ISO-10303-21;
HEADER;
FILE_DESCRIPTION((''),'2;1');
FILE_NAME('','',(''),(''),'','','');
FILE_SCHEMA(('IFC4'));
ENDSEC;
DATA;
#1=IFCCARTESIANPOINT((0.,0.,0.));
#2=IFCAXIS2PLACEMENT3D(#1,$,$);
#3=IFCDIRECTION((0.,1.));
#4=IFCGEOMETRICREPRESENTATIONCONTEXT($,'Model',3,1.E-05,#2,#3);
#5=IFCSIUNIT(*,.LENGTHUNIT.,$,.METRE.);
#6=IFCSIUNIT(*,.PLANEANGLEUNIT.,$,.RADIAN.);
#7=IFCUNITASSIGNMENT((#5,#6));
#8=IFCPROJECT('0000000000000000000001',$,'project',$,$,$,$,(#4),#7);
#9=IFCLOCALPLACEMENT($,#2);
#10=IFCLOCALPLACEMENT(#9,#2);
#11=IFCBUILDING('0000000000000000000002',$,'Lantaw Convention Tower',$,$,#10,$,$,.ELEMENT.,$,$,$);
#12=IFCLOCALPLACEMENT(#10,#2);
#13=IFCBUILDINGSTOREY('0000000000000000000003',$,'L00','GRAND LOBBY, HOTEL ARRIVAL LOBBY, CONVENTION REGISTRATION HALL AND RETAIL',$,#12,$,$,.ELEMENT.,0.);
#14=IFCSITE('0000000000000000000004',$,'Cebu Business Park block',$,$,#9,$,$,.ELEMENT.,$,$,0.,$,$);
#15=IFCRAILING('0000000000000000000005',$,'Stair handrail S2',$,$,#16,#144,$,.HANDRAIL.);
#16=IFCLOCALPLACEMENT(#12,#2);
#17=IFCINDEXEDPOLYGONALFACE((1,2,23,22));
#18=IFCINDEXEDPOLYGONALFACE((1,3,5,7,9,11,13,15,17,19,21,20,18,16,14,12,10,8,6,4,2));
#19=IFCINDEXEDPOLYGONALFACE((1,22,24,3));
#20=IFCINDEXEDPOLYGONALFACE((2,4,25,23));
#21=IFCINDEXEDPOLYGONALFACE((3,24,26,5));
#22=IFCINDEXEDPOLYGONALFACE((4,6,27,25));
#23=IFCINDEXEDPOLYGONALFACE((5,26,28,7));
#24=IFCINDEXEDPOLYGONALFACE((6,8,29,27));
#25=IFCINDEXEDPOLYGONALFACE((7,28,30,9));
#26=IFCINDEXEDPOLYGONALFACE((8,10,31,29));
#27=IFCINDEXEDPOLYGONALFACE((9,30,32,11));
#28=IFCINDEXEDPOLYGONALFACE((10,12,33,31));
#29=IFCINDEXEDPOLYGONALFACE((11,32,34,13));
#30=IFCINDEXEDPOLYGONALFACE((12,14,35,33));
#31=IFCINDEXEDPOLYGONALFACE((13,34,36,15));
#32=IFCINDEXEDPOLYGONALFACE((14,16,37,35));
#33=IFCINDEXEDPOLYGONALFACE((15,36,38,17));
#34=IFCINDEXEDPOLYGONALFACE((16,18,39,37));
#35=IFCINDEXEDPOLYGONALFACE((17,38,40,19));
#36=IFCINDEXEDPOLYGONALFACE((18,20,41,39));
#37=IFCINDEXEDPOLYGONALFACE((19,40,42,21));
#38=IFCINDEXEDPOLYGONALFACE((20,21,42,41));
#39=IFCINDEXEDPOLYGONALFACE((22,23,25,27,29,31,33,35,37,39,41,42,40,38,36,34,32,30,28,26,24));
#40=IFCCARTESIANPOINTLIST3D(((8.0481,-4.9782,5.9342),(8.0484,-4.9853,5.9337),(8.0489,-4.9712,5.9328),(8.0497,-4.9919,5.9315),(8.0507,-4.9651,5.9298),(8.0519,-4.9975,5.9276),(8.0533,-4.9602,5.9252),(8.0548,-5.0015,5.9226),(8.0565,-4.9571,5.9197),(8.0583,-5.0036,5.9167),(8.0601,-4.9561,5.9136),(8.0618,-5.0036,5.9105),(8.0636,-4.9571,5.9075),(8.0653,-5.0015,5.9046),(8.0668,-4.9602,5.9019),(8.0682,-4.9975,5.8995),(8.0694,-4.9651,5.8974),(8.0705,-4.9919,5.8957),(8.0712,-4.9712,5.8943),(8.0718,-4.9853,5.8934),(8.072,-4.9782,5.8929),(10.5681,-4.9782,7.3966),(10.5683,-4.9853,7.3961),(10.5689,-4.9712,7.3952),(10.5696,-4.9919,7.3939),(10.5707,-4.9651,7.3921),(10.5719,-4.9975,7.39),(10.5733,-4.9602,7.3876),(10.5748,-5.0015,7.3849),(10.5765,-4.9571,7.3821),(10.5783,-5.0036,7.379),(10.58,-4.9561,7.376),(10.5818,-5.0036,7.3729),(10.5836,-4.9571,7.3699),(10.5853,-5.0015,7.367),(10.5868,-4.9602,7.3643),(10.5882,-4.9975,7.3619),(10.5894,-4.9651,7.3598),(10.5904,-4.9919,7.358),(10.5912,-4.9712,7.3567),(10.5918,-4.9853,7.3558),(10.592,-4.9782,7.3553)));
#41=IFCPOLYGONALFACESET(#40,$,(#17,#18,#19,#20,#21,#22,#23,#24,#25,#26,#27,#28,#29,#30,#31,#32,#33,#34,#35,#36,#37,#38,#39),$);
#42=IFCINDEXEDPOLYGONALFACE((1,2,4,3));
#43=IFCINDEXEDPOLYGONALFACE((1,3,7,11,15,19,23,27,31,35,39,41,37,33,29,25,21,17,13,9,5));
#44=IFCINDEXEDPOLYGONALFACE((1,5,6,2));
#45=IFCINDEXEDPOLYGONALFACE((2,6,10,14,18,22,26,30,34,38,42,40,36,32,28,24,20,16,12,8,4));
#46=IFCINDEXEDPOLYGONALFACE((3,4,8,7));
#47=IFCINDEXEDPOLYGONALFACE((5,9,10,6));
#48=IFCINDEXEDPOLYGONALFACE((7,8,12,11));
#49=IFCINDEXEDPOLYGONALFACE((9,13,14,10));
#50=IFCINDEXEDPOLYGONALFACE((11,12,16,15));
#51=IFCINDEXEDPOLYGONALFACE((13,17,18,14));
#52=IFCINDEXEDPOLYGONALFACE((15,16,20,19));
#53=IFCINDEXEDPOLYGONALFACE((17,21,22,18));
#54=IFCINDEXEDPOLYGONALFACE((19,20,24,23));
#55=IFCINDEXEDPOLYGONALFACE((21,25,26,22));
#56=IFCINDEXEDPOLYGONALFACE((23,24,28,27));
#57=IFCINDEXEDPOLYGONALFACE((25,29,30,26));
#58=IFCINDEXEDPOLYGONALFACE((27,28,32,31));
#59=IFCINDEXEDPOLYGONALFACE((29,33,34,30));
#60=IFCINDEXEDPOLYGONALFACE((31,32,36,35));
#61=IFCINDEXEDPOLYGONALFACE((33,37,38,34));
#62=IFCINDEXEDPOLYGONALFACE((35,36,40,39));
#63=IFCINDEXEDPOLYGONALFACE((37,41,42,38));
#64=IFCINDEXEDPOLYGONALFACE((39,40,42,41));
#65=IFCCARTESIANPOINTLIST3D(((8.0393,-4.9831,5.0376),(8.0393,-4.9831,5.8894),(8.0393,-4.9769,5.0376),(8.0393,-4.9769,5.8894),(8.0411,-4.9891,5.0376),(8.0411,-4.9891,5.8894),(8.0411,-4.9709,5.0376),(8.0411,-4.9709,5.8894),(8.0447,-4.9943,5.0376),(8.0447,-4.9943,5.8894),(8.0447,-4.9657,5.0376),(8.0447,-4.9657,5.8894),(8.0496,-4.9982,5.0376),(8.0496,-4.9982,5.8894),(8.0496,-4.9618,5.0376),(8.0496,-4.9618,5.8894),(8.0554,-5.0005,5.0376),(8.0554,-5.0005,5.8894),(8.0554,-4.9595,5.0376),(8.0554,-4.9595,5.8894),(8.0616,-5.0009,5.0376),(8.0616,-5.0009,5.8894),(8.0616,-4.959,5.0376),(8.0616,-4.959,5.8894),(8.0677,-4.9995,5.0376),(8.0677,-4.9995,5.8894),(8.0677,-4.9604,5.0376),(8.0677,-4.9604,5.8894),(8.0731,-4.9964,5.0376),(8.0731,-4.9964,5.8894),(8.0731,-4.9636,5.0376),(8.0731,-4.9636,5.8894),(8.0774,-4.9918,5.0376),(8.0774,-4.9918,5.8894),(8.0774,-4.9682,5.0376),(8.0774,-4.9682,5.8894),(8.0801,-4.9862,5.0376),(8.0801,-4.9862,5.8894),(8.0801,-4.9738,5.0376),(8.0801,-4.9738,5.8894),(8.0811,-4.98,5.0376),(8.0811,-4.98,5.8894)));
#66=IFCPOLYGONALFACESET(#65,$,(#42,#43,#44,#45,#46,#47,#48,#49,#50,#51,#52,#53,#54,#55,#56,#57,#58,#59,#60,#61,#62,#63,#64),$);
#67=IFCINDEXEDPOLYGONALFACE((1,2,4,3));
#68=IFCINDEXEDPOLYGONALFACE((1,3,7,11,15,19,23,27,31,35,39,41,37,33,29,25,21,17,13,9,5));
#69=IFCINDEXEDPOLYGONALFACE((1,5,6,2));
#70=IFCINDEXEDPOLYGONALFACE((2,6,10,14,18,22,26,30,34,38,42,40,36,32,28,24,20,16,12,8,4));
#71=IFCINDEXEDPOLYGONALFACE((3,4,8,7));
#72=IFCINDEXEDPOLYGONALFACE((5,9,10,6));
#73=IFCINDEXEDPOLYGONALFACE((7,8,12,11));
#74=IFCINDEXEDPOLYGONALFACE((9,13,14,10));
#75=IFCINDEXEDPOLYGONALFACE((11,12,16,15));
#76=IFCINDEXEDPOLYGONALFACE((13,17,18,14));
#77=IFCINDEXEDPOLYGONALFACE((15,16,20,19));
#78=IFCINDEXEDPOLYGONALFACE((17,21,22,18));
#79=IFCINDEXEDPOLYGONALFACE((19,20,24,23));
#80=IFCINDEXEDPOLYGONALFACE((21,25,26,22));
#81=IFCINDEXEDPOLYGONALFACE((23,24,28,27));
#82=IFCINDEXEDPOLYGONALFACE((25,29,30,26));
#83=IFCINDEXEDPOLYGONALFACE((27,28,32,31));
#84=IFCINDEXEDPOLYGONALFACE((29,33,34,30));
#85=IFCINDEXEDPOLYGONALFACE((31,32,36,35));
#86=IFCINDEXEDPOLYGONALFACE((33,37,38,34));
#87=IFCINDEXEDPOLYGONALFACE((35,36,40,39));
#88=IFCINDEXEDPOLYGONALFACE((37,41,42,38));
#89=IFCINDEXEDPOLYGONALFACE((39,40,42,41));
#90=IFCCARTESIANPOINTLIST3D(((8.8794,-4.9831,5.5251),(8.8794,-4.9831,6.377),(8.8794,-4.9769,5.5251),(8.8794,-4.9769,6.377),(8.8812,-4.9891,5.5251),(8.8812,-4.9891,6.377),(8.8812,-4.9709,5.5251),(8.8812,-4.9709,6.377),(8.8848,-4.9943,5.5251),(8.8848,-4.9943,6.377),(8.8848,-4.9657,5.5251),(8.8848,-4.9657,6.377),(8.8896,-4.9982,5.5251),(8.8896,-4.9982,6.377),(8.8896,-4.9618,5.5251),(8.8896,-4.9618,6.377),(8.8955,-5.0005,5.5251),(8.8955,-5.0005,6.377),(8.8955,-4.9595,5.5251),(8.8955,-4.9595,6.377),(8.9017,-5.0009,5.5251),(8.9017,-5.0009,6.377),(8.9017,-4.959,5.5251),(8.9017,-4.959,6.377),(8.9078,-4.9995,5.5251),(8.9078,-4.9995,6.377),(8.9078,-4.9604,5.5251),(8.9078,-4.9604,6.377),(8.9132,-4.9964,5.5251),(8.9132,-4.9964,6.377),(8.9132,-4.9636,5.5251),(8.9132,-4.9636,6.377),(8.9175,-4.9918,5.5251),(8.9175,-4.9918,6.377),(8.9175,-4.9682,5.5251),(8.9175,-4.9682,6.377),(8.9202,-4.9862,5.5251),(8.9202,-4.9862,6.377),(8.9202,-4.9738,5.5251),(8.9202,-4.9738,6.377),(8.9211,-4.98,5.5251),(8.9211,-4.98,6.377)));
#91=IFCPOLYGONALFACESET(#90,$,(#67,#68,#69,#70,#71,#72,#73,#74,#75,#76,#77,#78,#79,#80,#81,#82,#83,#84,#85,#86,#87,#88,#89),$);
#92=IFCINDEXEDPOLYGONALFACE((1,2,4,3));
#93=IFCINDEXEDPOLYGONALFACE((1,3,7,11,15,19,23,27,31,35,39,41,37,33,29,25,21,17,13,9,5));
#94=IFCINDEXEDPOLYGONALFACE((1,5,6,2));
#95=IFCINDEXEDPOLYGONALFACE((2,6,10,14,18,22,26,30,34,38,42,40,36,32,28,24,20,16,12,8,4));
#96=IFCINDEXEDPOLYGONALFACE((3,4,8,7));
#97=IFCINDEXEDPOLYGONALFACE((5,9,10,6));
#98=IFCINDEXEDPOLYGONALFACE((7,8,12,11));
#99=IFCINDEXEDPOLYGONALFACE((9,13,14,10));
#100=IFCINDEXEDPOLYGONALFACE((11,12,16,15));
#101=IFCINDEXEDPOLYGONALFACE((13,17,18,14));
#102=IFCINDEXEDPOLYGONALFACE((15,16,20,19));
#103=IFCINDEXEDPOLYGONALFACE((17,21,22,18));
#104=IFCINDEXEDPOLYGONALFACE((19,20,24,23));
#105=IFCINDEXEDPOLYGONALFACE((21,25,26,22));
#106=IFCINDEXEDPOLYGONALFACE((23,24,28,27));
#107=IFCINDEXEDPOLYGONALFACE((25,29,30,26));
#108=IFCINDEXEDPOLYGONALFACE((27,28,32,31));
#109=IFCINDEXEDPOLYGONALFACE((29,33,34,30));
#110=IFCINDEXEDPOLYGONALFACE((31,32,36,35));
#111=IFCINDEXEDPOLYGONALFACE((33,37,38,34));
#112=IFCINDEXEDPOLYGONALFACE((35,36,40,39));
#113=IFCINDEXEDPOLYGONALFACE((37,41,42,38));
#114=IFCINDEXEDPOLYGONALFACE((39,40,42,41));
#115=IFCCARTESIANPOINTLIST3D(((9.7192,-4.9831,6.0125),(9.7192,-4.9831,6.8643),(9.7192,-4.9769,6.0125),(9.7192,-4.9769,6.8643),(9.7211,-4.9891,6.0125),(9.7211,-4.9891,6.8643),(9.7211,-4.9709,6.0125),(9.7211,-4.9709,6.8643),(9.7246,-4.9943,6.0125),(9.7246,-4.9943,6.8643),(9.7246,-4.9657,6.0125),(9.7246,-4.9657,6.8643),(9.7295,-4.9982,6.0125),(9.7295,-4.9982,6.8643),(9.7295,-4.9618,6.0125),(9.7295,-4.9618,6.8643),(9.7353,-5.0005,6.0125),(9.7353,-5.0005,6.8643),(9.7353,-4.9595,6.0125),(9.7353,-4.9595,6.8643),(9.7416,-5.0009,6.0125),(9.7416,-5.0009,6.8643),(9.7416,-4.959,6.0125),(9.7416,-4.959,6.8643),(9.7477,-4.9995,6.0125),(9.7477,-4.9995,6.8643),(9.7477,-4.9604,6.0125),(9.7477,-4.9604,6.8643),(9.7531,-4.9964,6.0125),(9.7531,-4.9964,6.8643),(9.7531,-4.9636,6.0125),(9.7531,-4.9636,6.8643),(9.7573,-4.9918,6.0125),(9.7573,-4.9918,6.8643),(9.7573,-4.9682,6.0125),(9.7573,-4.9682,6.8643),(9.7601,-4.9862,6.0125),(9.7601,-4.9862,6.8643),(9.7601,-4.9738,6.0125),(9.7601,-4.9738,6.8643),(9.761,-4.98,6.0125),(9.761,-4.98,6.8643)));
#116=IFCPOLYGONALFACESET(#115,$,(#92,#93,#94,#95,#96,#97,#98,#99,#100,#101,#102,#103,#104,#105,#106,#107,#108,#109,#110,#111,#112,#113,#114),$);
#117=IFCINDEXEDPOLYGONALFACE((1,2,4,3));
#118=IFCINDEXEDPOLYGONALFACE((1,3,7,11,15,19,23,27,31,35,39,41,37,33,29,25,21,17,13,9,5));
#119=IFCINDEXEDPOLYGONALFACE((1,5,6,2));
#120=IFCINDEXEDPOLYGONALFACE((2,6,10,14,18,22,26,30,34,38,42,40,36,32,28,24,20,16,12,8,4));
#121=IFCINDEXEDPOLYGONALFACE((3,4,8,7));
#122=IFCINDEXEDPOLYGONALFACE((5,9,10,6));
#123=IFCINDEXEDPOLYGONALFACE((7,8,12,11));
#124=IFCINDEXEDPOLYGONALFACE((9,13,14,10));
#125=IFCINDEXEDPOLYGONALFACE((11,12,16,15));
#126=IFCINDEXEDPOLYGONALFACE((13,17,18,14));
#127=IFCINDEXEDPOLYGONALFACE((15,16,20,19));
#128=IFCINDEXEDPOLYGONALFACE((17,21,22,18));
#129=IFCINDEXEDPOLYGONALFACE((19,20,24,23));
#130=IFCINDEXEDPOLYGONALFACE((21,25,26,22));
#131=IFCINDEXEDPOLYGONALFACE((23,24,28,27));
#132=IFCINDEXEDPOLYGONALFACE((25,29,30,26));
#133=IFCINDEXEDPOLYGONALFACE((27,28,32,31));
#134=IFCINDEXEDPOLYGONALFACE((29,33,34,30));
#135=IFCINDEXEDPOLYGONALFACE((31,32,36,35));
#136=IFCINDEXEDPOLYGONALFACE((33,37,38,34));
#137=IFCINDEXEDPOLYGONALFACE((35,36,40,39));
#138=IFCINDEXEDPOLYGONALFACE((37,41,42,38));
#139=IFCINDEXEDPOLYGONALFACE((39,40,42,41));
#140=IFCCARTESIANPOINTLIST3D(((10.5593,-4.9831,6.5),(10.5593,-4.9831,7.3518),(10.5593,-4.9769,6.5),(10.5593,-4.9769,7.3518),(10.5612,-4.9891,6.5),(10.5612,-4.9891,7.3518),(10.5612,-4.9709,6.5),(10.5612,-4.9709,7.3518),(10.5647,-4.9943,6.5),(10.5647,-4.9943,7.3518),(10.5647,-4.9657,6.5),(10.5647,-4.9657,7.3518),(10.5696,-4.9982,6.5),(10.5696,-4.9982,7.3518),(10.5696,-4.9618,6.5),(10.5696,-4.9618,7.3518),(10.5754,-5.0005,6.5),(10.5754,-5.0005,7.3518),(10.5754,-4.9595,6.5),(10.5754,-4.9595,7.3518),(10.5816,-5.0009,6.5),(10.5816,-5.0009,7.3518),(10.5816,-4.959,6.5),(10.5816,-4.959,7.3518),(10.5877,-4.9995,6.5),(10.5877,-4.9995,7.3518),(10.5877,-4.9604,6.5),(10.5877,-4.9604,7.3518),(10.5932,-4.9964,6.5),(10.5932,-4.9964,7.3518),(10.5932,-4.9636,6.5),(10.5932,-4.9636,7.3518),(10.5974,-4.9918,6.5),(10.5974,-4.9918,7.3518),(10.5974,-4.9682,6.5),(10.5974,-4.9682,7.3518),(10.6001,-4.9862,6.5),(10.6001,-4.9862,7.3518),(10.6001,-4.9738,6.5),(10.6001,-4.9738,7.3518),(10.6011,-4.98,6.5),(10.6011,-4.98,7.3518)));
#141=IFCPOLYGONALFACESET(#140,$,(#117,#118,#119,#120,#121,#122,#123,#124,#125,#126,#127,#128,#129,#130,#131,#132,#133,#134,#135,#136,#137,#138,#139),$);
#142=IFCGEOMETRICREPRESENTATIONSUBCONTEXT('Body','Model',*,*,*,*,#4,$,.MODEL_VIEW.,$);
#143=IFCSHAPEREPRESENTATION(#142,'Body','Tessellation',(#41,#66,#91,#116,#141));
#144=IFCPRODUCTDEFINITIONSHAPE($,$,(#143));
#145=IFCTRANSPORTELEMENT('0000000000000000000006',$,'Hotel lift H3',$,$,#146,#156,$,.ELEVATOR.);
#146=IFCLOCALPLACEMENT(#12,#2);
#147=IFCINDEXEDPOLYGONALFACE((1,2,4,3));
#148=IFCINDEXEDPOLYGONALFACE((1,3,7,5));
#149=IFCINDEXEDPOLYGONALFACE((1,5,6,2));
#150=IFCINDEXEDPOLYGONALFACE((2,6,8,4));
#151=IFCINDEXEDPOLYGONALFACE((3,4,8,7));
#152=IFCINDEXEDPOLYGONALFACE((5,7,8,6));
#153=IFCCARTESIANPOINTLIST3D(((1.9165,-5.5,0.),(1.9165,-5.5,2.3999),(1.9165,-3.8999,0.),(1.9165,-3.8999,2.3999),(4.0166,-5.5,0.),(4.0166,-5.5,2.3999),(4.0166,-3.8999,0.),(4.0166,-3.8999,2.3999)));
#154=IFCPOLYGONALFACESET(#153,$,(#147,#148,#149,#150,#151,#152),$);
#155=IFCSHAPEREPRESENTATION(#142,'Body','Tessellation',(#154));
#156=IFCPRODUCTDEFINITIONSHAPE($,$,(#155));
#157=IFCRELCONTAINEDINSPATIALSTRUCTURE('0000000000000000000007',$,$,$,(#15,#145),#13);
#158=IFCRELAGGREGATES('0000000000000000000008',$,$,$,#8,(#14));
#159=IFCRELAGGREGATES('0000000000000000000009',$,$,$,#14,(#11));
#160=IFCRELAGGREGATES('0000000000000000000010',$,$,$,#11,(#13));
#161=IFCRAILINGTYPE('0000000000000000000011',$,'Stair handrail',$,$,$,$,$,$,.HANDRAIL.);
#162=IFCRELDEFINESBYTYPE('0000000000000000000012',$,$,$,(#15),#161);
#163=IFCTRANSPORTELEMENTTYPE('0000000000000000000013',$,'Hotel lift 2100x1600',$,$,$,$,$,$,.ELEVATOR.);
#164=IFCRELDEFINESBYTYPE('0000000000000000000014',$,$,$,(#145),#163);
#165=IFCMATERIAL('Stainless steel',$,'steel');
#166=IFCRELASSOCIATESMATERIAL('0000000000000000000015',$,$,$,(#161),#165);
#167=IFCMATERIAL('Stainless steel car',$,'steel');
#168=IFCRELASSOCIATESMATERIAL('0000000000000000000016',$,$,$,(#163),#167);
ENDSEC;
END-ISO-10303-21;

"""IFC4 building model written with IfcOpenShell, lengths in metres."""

from ifc_helpers import new_model, si_unit, direction, frame, origin, origin_2d, place, context, subcontext, project, spatial, rectangle, circle, extrude, material, type_object, element, save


model = new_model("IFC4")

# Units and contexts
model_context = context("Model", 3, precision=1e-05, world=origin(), true_north=direction((0.0, 1.0)))
body_context = subcontext(model_context, "Body", "Model", "MODEL_VIEW")
ifc_project = project(units=[si_unit("LENGTHUNIT", "METRE"), si_unit("PLANEANGLEUNIT", "RADIAN")], contexts=[model_context])

# Site, building, storey
site_placement = place(None, origin())
site = spatial("IfcSite", under=ifc_project, at=site_placement, Name="Cebu Business Park block", CompositionType="ELEMENT", RefElevation=0.0)
building_placement = place(site_placement, origin())
building = spatial("IfcBuilding", under=site, at=building_placement, Name="Lantaw Convention Tower", CompositionType="ELEMENT")
storey_placement = place(building_placement, origin())
storey = spatial("IfcBuildingStorey", under=building, at=storey_placement, Name="L00", Description="GRAND LOBBY, HOTEL ARRIVAL LOBBY, CONVENTION REGISTRATION HALL AND RETAIL", CompositionType="ELEMENT", Elevation=0.0)

# Railing
ifc_material_1 = material(Name="Stainless steel", Category="steel")
railing_type = type_object("IfcRailingType", Name="Stair handrail", PredefinedType="HANDRAIL", material=ifc_material_1)
railing_1_placement = place(storey_placement, frame((8.0601, -4.98, 5.0376)))
element("IfcRailing", 1, at=railing_1_placement, inside=storey, type_object=railing_type, Name="Stair handrail S2", PredefinedType="HANDRAIL", context=body_context, shape_type="SweptSolid", body=[
    extrude(circle(Radius=0.0239, at=origin_2d()), frame((0.0, 0.0, 0.876), z_axis=(0.864913, 0.0, 0.501921), x_axis=(0.0, 1.0, 0.0)), (0.0, 0.0, 1.0), 2.9136),
    extrude(circle(Radius=0.021, at=origin_2d()), origin(), (0.0, 0.0, 1.0), 0.8518),
    extrude(circle(Radius=0.021, at=origin_2d()), frame((0.8401, 0.0, 0.4875)), (0.0, 0.0, 1.0), 0.8518),
    extrude(circle(Radius=0.021, at=origin_2d()), frame((1.6799, 0.0, 0.9749)), (0.0, 0.0, 1.0), 0.8518),
    extrude(circle(Radius=0.021, at=origin_2d()), frame((2.52, 0.0, 1.4624)), (0.0, 0.0, 1.0), 0.8518),
])

# Transport element
ifc_material_2 = material(Name="Stainless steel car", Category="steel")
transport_element_type = type_object("IfcTransportElementType", Name="Hotel lift 2100x1600", PredefinedType="ELEVATOR", material=ifc_material_2)
transport_element_placement = place(storey_placement, frame((2.9666, -4.7, 0.0), z_axis=(0.0, 0.0, 1.0), x_axis=(1.0, 0.0, 0.0)))
element("IfcTransportElement", 2, at=transport_element_placement, inside=storey, type_object=transport_element_type, Name="Hotel lift H3", PredefinedType="ELEVATOR", context=body_context, shape_type="SweptSolid", body=[
    extrude(rectangle(XDim=2.1001, YDim=1.6001, at=origin_2d()), origin(), (0.0, 0.0, 1.0), 2.3999),
])

save(model, "model.ifc")
